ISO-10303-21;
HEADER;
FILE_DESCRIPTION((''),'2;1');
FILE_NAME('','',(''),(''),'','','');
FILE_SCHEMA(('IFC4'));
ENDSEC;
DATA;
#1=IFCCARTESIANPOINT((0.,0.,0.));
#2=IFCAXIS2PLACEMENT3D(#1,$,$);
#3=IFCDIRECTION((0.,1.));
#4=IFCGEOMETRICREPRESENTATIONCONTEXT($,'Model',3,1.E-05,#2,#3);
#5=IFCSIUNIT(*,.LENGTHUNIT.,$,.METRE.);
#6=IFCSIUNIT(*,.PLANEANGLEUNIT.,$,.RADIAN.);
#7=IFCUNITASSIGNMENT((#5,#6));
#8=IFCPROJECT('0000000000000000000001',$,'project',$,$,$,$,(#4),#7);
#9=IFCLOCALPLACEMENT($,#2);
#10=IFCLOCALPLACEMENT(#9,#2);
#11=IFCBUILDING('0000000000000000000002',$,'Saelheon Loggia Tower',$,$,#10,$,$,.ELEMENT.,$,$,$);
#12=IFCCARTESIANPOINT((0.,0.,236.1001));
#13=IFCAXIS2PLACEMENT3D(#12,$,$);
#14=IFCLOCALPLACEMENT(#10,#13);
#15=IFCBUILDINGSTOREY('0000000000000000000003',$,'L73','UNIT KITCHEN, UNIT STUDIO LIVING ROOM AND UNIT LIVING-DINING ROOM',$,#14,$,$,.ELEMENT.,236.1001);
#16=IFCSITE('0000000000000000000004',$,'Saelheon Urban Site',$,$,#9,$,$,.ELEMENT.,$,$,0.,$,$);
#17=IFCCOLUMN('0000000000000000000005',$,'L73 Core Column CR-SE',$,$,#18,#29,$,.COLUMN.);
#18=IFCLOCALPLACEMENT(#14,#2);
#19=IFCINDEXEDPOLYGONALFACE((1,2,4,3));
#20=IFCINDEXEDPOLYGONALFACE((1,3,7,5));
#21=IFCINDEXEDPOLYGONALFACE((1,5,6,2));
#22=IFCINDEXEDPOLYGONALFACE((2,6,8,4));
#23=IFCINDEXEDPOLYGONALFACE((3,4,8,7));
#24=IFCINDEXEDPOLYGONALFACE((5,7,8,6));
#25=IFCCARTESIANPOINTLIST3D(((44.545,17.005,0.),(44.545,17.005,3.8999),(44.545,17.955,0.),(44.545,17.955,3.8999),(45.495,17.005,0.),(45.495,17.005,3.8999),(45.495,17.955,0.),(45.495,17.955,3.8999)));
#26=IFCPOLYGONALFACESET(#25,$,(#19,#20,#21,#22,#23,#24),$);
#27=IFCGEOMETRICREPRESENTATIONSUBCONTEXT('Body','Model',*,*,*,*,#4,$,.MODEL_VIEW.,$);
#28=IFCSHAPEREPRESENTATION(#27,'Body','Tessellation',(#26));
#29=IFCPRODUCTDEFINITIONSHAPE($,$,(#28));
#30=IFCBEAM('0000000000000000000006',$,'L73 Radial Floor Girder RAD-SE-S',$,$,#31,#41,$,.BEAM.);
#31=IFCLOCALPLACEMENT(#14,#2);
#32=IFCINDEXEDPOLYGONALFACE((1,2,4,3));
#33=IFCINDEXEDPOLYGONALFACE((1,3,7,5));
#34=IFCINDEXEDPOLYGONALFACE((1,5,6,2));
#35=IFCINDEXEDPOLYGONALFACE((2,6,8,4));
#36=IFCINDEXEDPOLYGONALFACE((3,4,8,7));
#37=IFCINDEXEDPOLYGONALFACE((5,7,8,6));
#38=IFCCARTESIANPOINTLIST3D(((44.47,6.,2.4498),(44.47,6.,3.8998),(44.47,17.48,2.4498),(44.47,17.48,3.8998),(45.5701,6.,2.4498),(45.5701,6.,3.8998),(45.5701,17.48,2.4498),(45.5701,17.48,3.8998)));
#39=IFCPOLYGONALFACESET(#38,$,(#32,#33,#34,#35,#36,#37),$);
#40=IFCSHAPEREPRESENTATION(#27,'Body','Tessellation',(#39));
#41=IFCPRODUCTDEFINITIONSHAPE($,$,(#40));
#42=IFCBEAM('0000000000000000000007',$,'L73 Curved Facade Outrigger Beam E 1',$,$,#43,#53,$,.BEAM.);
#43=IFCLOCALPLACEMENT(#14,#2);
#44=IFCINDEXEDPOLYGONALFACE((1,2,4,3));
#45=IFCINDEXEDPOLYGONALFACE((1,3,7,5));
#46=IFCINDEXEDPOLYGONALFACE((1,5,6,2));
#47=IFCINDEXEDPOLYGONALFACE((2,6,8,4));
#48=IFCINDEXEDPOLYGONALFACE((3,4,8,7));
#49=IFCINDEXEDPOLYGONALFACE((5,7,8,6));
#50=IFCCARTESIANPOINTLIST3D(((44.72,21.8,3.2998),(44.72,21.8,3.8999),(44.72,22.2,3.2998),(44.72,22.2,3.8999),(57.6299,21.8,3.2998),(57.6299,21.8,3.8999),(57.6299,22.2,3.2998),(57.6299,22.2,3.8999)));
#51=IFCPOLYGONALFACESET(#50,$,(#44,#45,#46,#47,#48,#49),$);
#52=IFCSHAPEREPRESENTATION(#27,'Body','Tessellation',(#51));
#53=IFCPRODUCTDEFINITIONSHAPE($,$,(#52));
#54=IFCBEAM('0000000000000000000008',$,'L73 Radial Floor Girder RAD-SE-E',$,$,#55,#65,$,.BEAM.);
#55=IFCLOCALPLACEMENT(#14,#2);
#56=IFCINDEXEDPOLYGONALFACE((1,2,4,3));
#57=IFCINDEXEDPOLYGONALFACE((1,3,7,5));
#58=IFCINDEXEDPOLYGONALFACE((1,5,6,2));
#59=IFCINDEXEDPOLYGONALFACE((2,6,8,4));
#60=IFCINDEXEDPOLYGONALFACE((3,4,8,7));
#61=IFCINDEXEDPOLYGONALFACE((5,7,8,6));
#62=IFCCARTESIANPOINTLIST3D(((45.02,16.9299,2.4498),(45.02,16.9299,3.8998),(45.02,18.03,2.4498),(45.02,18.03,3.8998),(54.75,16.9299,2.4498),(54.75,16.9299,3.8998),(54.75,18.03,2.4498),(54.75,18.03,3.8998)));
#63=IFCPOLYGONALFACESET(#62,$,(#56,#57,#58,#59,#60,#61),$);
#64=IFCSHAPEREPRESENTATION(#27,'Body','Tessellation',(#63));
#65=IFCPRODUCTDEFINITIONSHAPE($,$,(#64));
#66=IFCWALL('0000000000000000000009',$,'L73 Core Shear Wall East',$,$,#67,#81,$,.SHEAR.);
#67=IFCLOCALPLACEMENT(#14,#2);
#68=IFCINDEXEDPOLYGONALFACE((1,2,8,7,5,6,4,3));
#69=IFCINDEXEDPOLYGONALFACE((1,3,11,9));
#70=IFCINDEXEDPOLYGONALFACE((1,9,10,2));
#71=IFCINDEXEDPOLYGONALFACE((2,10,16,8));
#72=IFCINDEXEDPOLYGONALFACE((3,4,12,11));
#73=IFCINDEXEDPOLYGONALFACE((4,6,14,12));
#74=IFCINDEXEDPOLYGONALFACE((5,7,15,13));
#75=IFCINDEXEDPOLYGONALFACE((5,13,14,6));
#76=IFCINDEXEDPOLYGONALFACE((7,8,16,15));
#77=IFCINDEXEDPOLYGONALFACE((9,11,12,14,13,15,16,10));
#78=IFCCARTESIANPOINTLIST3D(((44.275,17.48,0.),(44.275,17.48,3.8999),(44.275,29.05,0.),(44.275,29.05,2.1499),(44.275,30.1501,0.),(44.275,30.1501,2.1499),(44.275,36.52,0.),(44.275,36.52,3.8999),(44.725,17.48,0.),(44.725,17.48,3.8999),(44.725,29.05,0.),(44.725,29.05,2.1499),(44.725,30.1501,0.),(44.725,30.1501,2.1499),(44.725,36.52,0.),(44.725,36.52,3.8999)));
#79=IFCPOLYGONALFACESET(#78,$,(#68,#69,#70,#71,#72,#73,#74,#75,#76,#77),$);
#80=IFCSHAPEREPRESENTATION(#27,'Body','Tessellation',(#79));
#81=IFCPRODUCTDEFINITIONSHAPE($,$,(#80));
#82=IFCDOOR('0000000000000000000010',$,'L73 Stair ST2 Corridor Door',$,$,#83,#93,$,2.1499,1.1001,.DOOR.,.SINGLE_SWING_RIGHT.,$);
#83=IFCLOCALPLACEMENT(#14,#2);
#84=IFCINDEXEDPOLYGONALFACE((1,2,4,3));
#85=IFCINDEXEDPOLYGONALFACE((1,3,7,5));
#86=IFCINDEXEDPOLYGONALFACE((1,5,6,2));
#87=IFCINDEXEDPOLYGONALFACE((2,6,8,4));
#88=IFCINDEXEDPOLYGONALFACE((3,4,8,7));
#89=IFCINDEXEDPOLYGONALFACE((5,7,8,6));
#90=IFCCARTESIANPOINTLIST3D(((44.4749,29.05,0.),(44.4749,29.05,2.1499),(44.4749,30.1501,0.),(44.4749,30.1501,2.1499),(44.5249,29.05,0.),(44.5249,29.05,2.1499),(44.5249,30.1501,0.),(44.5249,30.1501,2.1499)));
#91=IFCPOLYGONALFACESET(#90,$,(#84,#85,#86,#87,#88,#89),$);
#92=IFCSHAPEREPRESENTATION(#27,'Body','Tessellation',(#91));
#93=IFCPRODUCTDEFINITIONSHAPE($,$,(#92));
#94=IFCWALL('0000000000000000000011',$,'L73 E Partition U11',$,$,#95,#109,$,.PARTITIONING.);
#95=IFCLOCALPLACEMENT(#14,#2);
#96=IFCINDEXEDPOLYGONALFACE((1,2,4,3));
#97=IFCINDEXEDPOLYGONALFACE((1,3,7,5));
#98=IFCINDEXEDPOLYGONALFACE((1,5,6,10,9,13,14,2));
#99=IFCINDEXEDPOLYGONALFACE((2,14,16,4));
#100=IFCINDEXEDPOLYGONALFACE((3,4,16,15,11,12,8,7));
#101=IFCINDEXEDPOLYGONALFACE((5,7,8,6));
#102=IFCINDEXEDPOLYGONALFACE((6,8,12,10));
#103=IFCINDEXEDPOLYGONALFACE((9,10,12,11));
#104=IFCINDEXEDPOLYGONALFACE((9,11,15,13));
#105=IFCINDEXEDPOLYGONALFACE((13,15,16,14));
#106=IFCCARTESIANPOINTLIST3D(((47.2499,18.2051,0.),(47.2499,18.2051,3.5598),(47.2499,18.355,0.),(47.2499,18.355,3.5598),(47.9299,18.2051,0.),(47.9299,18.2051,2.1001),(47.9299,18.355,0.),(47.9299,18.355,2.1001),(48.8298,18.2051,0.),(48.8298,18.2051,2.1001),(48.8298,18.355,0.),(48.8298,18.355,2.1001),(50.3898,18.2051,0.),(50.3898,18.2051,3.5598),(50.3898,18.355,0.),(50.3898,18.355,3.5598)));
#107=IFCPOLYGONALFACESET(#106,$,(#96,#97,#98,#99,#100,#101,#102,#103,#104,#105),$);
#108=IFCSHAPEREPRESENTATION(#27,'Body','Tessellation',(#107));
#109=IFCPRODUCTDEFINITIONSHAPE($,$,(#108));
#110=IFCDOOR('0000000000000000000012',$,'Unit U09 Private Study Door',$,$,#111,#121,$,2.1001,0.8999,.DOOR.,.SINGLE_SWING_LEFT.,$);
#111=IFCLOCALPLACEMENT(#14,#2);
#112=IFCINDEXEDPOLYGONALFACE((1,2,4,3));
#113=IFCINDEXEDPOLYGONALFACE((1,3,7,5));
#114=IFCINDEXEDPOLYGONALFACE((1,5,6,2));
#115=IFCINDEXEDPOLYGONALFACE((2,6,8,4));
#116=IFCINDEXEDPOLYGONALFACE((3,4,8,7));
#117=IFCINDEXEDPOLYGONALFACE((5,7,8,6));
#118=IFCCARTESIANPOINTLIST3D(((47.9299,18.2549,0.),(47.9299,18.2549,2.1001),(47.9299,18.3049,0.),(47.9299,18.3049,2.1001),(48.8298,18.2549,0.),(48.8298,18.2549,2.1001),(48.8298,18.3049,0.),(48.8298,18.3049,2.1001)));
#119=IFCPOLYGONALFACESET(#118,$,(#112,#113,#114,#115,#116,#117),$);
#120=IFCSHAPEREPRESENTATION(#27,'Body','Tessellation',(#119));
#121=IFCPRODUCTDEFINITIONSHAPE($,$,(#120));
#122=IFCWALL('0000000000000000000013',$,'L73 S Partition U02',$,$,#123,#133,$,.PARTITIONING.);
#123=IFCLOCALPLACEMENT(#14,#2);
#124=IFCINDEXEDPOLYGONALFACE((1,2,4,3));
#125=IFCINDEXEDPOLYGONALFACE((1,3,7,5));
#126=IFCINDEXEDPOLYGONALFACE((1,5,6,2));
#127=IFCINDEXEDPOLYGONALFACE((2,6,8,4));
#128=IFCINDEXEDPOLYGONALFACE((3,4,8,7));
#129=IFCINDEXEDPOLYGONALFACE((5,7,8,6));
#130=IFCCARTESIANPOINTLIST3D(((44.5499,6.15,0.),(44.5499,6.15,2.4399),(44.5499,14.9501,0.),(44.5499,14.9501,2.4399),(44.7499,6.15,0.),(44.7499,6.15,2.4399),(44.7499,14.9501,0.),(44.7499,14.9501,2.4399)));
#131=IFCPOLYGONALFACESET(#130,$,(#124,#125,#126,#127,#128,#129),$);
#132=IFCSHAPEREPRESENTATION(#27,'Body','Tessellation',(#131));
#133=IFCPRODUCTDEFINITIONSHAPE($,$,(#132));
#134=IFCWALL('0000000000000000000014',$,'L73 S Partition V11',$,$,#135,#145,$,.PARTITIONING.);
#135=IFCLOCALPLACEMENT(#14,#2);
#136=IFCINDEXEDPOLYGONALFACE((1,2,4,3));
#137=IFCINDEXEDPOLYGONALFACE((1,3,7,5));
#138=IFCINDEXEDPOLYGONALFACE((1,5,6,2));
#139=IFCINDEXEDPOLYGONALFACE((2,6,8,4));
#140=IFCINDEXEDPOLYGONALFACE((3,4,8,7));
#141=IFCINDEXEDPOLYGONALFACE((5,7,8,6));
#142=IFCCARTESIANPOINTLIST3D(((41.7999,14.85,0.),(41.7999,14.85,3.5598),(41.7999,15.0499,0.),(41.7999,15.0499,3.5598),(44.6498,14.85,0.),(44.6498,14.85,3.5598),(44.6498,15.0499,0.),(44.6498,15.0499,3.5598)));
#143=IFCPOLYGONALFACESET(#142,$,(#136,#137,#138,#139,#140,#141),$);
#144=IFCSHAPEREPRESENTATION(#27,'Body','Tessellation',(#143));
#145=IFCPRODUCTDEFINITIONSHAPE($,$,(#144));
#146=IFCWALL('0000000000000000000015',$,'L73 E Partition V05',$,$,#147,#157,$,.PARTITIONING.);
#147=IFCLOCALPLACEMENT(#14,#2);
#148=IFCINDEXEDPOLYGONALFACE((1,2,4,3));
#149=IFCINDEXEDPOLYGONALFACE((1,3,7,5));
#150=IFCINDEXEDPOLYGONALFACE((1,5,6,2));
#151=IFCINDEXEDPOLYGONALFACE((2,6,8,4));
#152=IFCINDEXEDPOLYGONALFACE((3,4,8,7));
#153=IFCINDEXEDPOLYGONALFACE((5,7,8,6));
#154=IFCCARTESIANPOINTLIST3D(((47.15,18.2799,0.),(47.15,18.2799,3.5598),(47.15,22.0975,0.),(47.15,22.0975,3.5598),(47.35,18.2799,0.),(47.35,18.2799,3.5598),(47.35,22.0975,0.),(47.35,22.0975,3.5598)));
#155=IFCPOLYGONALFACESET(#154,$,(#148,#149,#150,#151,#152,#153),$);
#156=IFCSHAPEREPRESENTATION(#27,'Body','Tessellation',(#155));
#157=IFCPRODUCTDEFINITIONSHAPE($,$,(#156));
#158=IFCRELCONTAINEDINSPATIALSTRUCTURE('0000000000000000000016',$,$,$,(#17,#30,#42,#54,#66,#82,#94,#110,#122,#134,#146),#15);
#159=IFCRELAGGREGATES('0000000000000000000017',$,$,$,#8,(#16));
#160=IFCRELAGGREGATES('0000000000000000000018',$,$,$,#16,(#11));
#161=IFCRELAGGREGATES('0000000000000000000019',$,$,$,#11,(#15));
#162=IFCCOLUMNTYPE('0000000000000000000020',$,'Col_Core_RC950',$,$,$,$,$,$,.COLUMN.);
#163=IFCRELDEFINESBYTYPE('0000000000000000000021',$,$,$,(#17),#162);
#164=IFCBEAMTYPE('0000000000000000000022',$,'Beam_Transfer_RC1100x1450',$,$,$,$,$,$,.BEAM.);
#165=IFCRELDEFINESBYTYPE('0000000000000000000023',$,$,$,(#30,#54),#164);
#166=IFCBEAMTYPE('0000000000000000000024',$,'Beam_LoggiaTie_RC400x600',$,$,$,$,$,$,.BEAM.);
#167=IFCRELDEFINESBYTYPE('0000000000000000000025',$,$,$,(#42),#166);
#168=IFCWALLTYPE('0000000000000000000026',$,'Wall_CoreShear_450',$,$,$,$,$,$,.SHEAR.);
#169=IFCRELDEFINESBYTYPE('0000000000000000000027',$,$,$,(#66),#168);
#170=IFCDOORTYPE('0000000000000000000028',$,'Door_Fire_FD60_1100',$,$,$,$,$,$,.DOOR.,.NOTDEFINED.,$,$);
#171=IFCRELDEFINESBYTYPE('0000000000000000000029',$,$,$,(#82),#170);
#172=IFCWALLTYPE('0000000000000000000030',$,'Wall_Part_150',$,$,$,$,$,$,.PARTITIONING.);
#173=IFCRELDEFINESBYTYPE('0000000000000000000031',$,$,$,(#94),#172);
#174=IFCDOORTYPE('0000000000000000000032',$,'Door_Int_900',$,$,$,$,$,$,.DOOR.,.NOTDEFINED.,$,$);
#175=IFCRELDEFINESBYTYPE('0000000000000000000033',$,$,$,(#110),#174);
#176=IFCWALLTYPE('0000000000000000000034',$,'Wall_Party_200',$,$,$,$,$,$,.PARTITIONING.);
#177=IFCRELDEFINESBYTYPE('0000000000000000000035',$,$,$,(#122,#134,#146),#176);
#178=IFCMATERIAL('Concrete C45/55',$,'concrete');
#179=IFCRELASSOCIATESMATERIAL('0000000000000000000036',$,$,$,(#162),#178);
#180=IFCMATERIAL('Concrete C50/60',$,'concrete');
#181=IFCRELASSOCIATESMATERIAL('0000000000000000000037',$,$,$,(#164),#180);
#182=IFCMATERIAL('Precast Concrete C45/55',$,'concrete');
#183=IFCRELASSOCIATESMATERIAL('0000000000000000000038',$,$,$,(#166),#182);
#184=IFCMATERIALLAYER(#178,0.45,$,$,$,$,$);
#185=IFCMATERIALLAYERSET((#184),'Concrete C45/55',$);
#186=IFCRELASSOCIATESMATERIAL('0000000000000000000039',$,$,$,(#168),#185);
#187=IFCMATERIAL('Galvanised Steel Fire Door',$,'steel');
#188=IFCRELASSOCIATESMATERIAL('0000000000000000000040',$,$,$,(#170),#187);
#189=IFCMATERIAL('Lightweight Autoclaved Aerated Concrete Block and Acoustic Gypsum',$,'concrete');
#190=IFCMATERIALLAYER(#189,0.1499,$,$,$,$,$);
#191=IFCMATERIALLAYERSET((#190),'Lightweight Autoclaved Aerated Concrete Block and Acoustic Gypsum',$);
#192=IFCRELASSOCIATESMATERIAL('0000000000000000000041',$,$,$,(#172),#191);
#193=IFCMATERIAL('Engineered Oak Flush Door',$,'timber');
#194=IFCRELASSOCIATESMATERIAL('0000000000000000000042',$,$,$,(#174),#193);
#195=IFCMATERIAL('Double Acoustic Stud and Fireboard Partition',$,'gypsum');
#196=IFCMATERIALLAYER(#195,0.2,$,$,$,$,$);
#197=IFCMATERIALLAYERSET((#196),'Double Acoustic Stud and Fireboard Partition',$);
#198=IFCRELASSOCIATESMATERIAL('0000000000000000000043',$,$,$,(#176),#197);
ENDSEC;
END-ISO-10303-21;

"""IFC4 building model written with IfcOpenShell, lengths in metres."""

from ifc_helpers import new_model, si_unit, direction, frame, frame_2d, origin, origin_2d, place, context, subcontext, project, spatial, rectangle, extrude, source, transform, mapped, material, layer, layer_set, material_profile, profile_set, type_object, element, fill, save


model = new_model("IFC4")

# Units and contexts
model_context = context("Model", 3, precision=1e-05, world=origin(), true_north=direction((0.0, 1.0)))
body_context = subcontext(model_context, "Body", "Model", "MODEL_VIEW")
ifc_project = project(units=[si_unit("LENGTHUNIT", "METRE"), si_unit("PLANEANGLEUNIT", "RADIAN")], contexts=[model_context])

# Site, building, storey
site_placement = place(None, origin())
site = spatial("IfcSite", under=ifc_project, at=site_placement, Name="Saelheon Urban Site", CompositionType="ELEMENT", RefElevation=0.0)
building_placement = place(site_placement, origin())
building = spatial("IfcBuilding", under=site, at=building_placement, Name="Saelheon Loggia Tower", CompositionType="ELEMENT")
storey_placement = place(building_placement, frame((0.0, 0.0, 236.1001)))
storey = spatial("IfcBuildingStorey", under=building, at=storey_placement, Name="L73", Description="UNIT KITCHEN, UNIT STUDIO LIVING ROOM AND UNIT LIVING-DINING ROOM", CompositionType="ELEMENT", Elevation=236.1001)

# Column
ifc_material_1 = material(Name="Concrete C45/55", Category="concrete")
ifc_material_profile_1 = material_profile(ifc_material_1, rectangle(XDim=0.95, YDim=0.95, at=origin_2d()), Name="RC-950x950")
ifc_profile_set_1 = profile_set([ifc_material_profile_1], Name="Concrete C45/55")
column_type = type_object("IfcColumnType", Name="Col_Core_RC950", PredefinedType="COLUMN", material=ifc_profile_set_1)
shared_shape_1 = source(origin(), body_context, "Body", "SweptSolid", [
    extrude(rectangle(XDim=0.95, YDim=0.95, at=origin_2d()), origin(), (0.0, 0.0, 1.0), 3.8999),
])
column_placement = place(storey_placement, frame((45.02, 17.48, 0.0), z_axis=(0.0, 0.0, 1.0), x_axis=(1.0, 0.0, 0.0)))
element("IfcColumn", 1, at=column_placement, inside=storey, type_object=column_type, Name="L73 Core Column CR-SE", PredefinedType="COLUMN", context=body_context, shape_type="MappedRepresentation", body=[
    mapped(shared_shape_1, transform((0.0, 0.0, 0.0), scale=1.0)),
])

# Beams
ifc_material_2 = material(Name="Concrete C50/60", Category="concrete")
ifc_material_profile_2 = material_profile(ifc_material_2, rectangle(XDim=1.1001, YDim=1.45, at=origin_2d()), Name="RC-1100x1450")
ifc_profile_set_2 = profile_set([ifc_material_profile_2], Name="Concrete C50/60")
beam_type_1 = type_object("IfcBeamType", Name="Beam_Transfer_RC1100x1450", PredefinedType="BEAM", material=ifc_profile_set_2)
shared_shape_2 = source(origin(), body_context, "Body", "SweptSolid", [
    extrude(rectangle(XDim=1.1001, YDim=1.45, at=origin_2d()), origin(), (0.0, 0.0, 1.0), 11.48),
])
beam_1_placement = place(storey_placement, frame((45.02, 17.48, 3.1748), z_axis=(0.0, -1.0, 0.0), x_axis=(1.0, 0.0, 0.0)))
element("IfcBeam", 2, at=beam_1_placement, inside=storey, type_object=beam_type_1, Name="L73 Radial Floor Girder RAD-SE-S", PredefinedType="BEAM", context=body_context, shape_type="MappedRepresentation", body=[
    mapped(shared_shape_2, transform((0.0, 0.0, 0.0), scale=1.0)),
])
ifc_material_3 = material(Name="Precast Concrete C45/55", Category="concrete")
ifc_material_profile_3 = material_profile(ifc_material_3, rectangle(XDim=0.3999, YDim=0.6001, at=origin_2d()), Name="RC-400x600")
ifc_profile_set_3 = profile_set([ifc_material_profile_3], Name="Precast Concrete C45/55")
beam_type_2 = type_object("IfcBeamType", Name="Beam_LoggiaTie_RC400x600", PredefinedType="BEAM", material=ifc_profile_set_3)
shared_shape_3 = source(origin(), body_context, "Body", "SweptSolid", [
    extrude(rectangle(XDim=0.3999, YDim=0.6001, at=origin_2d()), origin(), (0.0, 0.0, 1.0), 12.9099),
])
beam_2_placement = place(storey_placement, frame((44.72, 22.0, 3.5999), z_axis=(1.0, 0.0, 0.0), x_axis=(0.0, 1.0, 0.0)))
element("IfcBeam", 3, at=beam_2_placement, inside=storey, type_object=beam_type_2, Name="L73 Curved Facade Outrigger Beam E 1", PredefinedType="BEAM", context=body_context, shape_type="MappedRepresentation", body=[
    mapped(shared_shape_3, transform((0.0, 0.0, 0.0), scale=1.0)),
])
shared_shape_4 = source(origin(), body_context, "Body", "SweptSolid", [
    extrude(rectangle(XDim=1.1001, YDim=1.45, at=origin_2d()), origin(), (0.0, 0.0, 1.0), 9.73),
])
beam_3_placement = place(storey_placement, frame((45.02, 17.48, 3.1748), z_axis=(1.0, 0.0, 0.0), x_axis=(0.0, 1.0, 0.0)))
element("IfcBeam", 4, at=beam_3_placement, inside=storey, type_object=beam_type_1, Name="L73 Radial Floor Girder RAD-SE-E", PredefinedType="BEAM", context=body_context, shape_type="MappedRepresentation", body=[
    mapped(shared_shape_4, transform((0.0, 0.0, 0.0), scale=1.0)),
])

# Walls, openings, doors
ifc_layer_1 = layer(ifc_material_1, 0.45)
ifc_layer_set_1 = layer_set([ifc_layer_1], Name="Concrete C45/55")
wall_type_1 = type_object("IfcWallType", Name="Wall_CoreShear_450", PredefinedType="SHEAR", material=ifc_layer_set_1)
wall_1_placement = place(storey_placement, frame((44.5, 17.48, 0.0), z_axis=(0.0, 0.0, 1.0), x_axis=(0.0, 1.0, 0.0)))
wall_1 = element("IfcWall", 5, at=wall_1_placement, inside=storey, type_object=wall_type_1, Name="L73 Core Shear Wall East", PredefinedType="SHEAR", context=body_context, shape_type="SweptSolid", body=[
    extrude(rectangle(XDim=19.04, YDim=0.45, at=frame_2d((9.52, 0.0))), origin(), (0.0, 0.0, 1.0), 3.8999),
])
opening_1_placement = place(wall_1_placement, frame((12.6702, 0.0, 0.0), z_axis=(0.0, 0.0, 1.0), x_axis=(-1.0, 0.0, 0.0)))
opening_1 = element("IfcOpeningElement", 6, at=opening_1_placement, cuts=wall_1, PredefinedType="OPENING", context=body_context, shape_type="SweptSolid", body=[
    extrude(rectangle(XDim=1.1001, YDim=2.1499, at=frame_2d((0.55, 1.075))), frame((0.0, 0.2371, 0.0), z_axis=(0.0, -1.0, 0.0), x_axis=(1.0, 0.0, 0.0)), (0.0, 0.0, 1.0), 0.4739),
])
ifc_material_4 = material(Name="Galvanised Steel Fire Door", Category="steel")
door_type_1 = type_object("IfcDoorType", Name="Door_Fire_FD60_1100", OperationType="NOTDEFINED", PredefinedType="DOOR", material=ifc_material_4)
shared_shape_5 = source(origin(), body_context, "Body", "SweptSolid", [
    extrude(rectangle(XDim=1.1001, YDim=2.1499, at=frame_2d((0.55, 1.075))), frame((0.0, 0.0249, 0.0), z_axis=(0.0, -1.0, 0.0), x_axis=(1.0, 0.0, 0.0)), (0.0, 0.0, 1.0), 0.05),
])
door_1_placement = place(opening_1_placement, origin())
door_1 = element("IfcDoor", 7, at=door_1_placement, inside=storey, type_object=door_type_1, Name="L73 Stair ST2 Corridor Door", OperationType="SINGLE_SWING_RIGHT", OverallHeight=2.1499, OverallWidth=1.1001, PredefinedType="DOOR", context=body_context, shape_type="MappedRepresentation", body=[
    mapped(shared_shape_5, transform((0.0, 0.0, 0.0), scale=1.0)),
])
fill(opening_1, door_1)
ifc_material_5 = material(Name="Lightweight Autoclaved Aerated Concrete Block and Acoustic Gypsum", Category="concrete")
ifc_layer_2 = layer(ifc_material_5, 0.1499)
ifc_layer_set_2 = layer_set([ifc_layer_2], Name="Lightweight Autoclaved Aerated Concrete Block and Acoustic Gypsum")
wall_type_2 = type_object("IfcWallType", Name="Wall_Part_150", PredefinedType="PARTITIONING", material=ifc_layer_set_2)
wall_2_placement = place(storey_placement, frame((47.25, 18.28, 0.0), z_axis=(0.0, 0.0, 1.0), x_axis=(1.0, 0.0, 0.0)))
wall_2 = element("IfcWall", 8, at=wall_2_placement, inside=storey, type_object=wall_type_2, Name="L73 E Partition U11", PredefinedType="PARTITIONING", context=body_context, shape_type="SweptSolid", body=[
    extrude(rectangle(XDim=3.1399, YDim=0.1499, at=frame_2d((1.5698, 0.0))), origin(), (0.0, 0.0, 1.0), 3.5598),
])
opening_2_placement = place(wall_2_placement, frame((0.6799, 0.0, 0.0)))
opening_2 = element("IfcOpeningElement", 9, at=opening_2_placement, cuts=wall_2, PredefinedType="OPENING", context=body_context, shape_type="SweptSolid", body=[
    extrude(rectangle(XDim=0.8999, YDim=2.1001, at=frame_2d((0.45, 1.05))), frame((0.0, 0.0869, 0.0), z_axis=(0.0, -1.0, 0.0), x_axis=(1.0, 0.0, 0.0)), (0.0, 0.0, 1.0), 0.1738),
])
ifc_material_6 = material(Name="Engineered Oak Flush Door", Category="timber")
door_type_2 = type_object("IfcDoorType", Name="Door_Int_900", OperationType="NOTDEFINED", PredefinedType="DOOR", material=ifc_material_6)
shared_shape_6 = source(origin(), body_context, "Body", "SweptSolid", [
    extrude(rectangle(XDim=0.8999, YDim=2.1001, at=frame_2d((0.45, 1.05))), frame((0.0, 0.0249, 0.0), z_axis=(0.0, -1.0, 0.0), x_axis=(1.0, 0.0, 0.0)), (0.0, 0.0, 1.0), 0.05),
])
door_2_placement = place(opening_2_placement, origin())
door_2 = element("IfcDoor", 10, at=door_2_placement, inside=storey, type_object=door_type_2, Name="Unit U09 Private Study Door", OperationType="SINGLE_SWING_LEFT", OverallHeight=2.1001, OverallWidth=0.8999, PredefinedType="DOOR", context=body_context, shape_type="MappedRepresentation", body=[
    mapped(shared_shape_6, transform((0.0, 0.0, 0.0), scale=1.0)),
])
fill(opening_2, door_2)

# Walls
ifc_material_7 = material(Name="Double Acoustic Stud and Fireboard Partition", Category="gypsum")
ifc_layer_3 = layer(ifc_material_7, 0.2)
ifc_layer_set_3 = layer_set([ifc_layer_3], Name="Double Acoustic Stud and Fireboard Partition")
wall_type_3 = type_object("IfcWallType", Name="Wall_Party_200", PredefinedType="PARTITIONING", material=ifc_layer_set_3)
wall_3_placement = place(storey_placement, frame((44.6499, 14.95, 0.0), z_axis=(0.0, 0.0, 1.0), x_axis=(0.0, -1.0, 0.0)))
element("IfcWall", 11, at=wall_3_placement, inside=storey, type_object=wall_type_3, Name="L73 S Partition U02", PredefinedType="PARTITIONING", context=body_context, shape_type="SweptSolid", body=[
    extrude(rectangle(XDim=8.8, YDim=0.2, at=frame_2d((4.3999, 0.0))), origin(), (0.0, 0.0, 1.0), 2.4399),
])
wall_4_placement = place(storey_placement, frame((41.8, 14.95, 0.0), z_axis=(0.0, 0.0, 1.0), x_axis=(1.0, 0.0, 0.0)))
element("IfcWall", 12, at=wall_4_placement, inside=storey, type_object=wall_type_3, Name="L73 S Partition V11", PredefinedType="PARTITIONING", context=body_context, shape_type="SweptSolid", body=[
    extrude(rectangle(XDim=2.8499, YDim=0.2, at=frame_2d((1.4248, 0.0))), origin(), (0.0, 0.0, 1.0), 3.5598),
])

# Wall
wall_5_placement = place(storey_placement, frame((47.25, 18.28, 0.0), z_axis=(0.0, 0.0, 1.0), x_axis=(0.0, 1.0, 0.0)))
element("IfcWall", 13, at=wall_5_placement, inside=storey, type_object=wall_type_3, Name="L73 E Partition V05", PredefinedType="PARTITIONING", context=body_context, shape_type="SweptSolid", body=[
    extrude(rectangle(XDim=3.8176, YDim=0.2, at=frame_2d((1.9087, 0.0))), origin(), (0.0, 0.0, 1.0), 3.5598),
])

save(model, "model.ifc")
